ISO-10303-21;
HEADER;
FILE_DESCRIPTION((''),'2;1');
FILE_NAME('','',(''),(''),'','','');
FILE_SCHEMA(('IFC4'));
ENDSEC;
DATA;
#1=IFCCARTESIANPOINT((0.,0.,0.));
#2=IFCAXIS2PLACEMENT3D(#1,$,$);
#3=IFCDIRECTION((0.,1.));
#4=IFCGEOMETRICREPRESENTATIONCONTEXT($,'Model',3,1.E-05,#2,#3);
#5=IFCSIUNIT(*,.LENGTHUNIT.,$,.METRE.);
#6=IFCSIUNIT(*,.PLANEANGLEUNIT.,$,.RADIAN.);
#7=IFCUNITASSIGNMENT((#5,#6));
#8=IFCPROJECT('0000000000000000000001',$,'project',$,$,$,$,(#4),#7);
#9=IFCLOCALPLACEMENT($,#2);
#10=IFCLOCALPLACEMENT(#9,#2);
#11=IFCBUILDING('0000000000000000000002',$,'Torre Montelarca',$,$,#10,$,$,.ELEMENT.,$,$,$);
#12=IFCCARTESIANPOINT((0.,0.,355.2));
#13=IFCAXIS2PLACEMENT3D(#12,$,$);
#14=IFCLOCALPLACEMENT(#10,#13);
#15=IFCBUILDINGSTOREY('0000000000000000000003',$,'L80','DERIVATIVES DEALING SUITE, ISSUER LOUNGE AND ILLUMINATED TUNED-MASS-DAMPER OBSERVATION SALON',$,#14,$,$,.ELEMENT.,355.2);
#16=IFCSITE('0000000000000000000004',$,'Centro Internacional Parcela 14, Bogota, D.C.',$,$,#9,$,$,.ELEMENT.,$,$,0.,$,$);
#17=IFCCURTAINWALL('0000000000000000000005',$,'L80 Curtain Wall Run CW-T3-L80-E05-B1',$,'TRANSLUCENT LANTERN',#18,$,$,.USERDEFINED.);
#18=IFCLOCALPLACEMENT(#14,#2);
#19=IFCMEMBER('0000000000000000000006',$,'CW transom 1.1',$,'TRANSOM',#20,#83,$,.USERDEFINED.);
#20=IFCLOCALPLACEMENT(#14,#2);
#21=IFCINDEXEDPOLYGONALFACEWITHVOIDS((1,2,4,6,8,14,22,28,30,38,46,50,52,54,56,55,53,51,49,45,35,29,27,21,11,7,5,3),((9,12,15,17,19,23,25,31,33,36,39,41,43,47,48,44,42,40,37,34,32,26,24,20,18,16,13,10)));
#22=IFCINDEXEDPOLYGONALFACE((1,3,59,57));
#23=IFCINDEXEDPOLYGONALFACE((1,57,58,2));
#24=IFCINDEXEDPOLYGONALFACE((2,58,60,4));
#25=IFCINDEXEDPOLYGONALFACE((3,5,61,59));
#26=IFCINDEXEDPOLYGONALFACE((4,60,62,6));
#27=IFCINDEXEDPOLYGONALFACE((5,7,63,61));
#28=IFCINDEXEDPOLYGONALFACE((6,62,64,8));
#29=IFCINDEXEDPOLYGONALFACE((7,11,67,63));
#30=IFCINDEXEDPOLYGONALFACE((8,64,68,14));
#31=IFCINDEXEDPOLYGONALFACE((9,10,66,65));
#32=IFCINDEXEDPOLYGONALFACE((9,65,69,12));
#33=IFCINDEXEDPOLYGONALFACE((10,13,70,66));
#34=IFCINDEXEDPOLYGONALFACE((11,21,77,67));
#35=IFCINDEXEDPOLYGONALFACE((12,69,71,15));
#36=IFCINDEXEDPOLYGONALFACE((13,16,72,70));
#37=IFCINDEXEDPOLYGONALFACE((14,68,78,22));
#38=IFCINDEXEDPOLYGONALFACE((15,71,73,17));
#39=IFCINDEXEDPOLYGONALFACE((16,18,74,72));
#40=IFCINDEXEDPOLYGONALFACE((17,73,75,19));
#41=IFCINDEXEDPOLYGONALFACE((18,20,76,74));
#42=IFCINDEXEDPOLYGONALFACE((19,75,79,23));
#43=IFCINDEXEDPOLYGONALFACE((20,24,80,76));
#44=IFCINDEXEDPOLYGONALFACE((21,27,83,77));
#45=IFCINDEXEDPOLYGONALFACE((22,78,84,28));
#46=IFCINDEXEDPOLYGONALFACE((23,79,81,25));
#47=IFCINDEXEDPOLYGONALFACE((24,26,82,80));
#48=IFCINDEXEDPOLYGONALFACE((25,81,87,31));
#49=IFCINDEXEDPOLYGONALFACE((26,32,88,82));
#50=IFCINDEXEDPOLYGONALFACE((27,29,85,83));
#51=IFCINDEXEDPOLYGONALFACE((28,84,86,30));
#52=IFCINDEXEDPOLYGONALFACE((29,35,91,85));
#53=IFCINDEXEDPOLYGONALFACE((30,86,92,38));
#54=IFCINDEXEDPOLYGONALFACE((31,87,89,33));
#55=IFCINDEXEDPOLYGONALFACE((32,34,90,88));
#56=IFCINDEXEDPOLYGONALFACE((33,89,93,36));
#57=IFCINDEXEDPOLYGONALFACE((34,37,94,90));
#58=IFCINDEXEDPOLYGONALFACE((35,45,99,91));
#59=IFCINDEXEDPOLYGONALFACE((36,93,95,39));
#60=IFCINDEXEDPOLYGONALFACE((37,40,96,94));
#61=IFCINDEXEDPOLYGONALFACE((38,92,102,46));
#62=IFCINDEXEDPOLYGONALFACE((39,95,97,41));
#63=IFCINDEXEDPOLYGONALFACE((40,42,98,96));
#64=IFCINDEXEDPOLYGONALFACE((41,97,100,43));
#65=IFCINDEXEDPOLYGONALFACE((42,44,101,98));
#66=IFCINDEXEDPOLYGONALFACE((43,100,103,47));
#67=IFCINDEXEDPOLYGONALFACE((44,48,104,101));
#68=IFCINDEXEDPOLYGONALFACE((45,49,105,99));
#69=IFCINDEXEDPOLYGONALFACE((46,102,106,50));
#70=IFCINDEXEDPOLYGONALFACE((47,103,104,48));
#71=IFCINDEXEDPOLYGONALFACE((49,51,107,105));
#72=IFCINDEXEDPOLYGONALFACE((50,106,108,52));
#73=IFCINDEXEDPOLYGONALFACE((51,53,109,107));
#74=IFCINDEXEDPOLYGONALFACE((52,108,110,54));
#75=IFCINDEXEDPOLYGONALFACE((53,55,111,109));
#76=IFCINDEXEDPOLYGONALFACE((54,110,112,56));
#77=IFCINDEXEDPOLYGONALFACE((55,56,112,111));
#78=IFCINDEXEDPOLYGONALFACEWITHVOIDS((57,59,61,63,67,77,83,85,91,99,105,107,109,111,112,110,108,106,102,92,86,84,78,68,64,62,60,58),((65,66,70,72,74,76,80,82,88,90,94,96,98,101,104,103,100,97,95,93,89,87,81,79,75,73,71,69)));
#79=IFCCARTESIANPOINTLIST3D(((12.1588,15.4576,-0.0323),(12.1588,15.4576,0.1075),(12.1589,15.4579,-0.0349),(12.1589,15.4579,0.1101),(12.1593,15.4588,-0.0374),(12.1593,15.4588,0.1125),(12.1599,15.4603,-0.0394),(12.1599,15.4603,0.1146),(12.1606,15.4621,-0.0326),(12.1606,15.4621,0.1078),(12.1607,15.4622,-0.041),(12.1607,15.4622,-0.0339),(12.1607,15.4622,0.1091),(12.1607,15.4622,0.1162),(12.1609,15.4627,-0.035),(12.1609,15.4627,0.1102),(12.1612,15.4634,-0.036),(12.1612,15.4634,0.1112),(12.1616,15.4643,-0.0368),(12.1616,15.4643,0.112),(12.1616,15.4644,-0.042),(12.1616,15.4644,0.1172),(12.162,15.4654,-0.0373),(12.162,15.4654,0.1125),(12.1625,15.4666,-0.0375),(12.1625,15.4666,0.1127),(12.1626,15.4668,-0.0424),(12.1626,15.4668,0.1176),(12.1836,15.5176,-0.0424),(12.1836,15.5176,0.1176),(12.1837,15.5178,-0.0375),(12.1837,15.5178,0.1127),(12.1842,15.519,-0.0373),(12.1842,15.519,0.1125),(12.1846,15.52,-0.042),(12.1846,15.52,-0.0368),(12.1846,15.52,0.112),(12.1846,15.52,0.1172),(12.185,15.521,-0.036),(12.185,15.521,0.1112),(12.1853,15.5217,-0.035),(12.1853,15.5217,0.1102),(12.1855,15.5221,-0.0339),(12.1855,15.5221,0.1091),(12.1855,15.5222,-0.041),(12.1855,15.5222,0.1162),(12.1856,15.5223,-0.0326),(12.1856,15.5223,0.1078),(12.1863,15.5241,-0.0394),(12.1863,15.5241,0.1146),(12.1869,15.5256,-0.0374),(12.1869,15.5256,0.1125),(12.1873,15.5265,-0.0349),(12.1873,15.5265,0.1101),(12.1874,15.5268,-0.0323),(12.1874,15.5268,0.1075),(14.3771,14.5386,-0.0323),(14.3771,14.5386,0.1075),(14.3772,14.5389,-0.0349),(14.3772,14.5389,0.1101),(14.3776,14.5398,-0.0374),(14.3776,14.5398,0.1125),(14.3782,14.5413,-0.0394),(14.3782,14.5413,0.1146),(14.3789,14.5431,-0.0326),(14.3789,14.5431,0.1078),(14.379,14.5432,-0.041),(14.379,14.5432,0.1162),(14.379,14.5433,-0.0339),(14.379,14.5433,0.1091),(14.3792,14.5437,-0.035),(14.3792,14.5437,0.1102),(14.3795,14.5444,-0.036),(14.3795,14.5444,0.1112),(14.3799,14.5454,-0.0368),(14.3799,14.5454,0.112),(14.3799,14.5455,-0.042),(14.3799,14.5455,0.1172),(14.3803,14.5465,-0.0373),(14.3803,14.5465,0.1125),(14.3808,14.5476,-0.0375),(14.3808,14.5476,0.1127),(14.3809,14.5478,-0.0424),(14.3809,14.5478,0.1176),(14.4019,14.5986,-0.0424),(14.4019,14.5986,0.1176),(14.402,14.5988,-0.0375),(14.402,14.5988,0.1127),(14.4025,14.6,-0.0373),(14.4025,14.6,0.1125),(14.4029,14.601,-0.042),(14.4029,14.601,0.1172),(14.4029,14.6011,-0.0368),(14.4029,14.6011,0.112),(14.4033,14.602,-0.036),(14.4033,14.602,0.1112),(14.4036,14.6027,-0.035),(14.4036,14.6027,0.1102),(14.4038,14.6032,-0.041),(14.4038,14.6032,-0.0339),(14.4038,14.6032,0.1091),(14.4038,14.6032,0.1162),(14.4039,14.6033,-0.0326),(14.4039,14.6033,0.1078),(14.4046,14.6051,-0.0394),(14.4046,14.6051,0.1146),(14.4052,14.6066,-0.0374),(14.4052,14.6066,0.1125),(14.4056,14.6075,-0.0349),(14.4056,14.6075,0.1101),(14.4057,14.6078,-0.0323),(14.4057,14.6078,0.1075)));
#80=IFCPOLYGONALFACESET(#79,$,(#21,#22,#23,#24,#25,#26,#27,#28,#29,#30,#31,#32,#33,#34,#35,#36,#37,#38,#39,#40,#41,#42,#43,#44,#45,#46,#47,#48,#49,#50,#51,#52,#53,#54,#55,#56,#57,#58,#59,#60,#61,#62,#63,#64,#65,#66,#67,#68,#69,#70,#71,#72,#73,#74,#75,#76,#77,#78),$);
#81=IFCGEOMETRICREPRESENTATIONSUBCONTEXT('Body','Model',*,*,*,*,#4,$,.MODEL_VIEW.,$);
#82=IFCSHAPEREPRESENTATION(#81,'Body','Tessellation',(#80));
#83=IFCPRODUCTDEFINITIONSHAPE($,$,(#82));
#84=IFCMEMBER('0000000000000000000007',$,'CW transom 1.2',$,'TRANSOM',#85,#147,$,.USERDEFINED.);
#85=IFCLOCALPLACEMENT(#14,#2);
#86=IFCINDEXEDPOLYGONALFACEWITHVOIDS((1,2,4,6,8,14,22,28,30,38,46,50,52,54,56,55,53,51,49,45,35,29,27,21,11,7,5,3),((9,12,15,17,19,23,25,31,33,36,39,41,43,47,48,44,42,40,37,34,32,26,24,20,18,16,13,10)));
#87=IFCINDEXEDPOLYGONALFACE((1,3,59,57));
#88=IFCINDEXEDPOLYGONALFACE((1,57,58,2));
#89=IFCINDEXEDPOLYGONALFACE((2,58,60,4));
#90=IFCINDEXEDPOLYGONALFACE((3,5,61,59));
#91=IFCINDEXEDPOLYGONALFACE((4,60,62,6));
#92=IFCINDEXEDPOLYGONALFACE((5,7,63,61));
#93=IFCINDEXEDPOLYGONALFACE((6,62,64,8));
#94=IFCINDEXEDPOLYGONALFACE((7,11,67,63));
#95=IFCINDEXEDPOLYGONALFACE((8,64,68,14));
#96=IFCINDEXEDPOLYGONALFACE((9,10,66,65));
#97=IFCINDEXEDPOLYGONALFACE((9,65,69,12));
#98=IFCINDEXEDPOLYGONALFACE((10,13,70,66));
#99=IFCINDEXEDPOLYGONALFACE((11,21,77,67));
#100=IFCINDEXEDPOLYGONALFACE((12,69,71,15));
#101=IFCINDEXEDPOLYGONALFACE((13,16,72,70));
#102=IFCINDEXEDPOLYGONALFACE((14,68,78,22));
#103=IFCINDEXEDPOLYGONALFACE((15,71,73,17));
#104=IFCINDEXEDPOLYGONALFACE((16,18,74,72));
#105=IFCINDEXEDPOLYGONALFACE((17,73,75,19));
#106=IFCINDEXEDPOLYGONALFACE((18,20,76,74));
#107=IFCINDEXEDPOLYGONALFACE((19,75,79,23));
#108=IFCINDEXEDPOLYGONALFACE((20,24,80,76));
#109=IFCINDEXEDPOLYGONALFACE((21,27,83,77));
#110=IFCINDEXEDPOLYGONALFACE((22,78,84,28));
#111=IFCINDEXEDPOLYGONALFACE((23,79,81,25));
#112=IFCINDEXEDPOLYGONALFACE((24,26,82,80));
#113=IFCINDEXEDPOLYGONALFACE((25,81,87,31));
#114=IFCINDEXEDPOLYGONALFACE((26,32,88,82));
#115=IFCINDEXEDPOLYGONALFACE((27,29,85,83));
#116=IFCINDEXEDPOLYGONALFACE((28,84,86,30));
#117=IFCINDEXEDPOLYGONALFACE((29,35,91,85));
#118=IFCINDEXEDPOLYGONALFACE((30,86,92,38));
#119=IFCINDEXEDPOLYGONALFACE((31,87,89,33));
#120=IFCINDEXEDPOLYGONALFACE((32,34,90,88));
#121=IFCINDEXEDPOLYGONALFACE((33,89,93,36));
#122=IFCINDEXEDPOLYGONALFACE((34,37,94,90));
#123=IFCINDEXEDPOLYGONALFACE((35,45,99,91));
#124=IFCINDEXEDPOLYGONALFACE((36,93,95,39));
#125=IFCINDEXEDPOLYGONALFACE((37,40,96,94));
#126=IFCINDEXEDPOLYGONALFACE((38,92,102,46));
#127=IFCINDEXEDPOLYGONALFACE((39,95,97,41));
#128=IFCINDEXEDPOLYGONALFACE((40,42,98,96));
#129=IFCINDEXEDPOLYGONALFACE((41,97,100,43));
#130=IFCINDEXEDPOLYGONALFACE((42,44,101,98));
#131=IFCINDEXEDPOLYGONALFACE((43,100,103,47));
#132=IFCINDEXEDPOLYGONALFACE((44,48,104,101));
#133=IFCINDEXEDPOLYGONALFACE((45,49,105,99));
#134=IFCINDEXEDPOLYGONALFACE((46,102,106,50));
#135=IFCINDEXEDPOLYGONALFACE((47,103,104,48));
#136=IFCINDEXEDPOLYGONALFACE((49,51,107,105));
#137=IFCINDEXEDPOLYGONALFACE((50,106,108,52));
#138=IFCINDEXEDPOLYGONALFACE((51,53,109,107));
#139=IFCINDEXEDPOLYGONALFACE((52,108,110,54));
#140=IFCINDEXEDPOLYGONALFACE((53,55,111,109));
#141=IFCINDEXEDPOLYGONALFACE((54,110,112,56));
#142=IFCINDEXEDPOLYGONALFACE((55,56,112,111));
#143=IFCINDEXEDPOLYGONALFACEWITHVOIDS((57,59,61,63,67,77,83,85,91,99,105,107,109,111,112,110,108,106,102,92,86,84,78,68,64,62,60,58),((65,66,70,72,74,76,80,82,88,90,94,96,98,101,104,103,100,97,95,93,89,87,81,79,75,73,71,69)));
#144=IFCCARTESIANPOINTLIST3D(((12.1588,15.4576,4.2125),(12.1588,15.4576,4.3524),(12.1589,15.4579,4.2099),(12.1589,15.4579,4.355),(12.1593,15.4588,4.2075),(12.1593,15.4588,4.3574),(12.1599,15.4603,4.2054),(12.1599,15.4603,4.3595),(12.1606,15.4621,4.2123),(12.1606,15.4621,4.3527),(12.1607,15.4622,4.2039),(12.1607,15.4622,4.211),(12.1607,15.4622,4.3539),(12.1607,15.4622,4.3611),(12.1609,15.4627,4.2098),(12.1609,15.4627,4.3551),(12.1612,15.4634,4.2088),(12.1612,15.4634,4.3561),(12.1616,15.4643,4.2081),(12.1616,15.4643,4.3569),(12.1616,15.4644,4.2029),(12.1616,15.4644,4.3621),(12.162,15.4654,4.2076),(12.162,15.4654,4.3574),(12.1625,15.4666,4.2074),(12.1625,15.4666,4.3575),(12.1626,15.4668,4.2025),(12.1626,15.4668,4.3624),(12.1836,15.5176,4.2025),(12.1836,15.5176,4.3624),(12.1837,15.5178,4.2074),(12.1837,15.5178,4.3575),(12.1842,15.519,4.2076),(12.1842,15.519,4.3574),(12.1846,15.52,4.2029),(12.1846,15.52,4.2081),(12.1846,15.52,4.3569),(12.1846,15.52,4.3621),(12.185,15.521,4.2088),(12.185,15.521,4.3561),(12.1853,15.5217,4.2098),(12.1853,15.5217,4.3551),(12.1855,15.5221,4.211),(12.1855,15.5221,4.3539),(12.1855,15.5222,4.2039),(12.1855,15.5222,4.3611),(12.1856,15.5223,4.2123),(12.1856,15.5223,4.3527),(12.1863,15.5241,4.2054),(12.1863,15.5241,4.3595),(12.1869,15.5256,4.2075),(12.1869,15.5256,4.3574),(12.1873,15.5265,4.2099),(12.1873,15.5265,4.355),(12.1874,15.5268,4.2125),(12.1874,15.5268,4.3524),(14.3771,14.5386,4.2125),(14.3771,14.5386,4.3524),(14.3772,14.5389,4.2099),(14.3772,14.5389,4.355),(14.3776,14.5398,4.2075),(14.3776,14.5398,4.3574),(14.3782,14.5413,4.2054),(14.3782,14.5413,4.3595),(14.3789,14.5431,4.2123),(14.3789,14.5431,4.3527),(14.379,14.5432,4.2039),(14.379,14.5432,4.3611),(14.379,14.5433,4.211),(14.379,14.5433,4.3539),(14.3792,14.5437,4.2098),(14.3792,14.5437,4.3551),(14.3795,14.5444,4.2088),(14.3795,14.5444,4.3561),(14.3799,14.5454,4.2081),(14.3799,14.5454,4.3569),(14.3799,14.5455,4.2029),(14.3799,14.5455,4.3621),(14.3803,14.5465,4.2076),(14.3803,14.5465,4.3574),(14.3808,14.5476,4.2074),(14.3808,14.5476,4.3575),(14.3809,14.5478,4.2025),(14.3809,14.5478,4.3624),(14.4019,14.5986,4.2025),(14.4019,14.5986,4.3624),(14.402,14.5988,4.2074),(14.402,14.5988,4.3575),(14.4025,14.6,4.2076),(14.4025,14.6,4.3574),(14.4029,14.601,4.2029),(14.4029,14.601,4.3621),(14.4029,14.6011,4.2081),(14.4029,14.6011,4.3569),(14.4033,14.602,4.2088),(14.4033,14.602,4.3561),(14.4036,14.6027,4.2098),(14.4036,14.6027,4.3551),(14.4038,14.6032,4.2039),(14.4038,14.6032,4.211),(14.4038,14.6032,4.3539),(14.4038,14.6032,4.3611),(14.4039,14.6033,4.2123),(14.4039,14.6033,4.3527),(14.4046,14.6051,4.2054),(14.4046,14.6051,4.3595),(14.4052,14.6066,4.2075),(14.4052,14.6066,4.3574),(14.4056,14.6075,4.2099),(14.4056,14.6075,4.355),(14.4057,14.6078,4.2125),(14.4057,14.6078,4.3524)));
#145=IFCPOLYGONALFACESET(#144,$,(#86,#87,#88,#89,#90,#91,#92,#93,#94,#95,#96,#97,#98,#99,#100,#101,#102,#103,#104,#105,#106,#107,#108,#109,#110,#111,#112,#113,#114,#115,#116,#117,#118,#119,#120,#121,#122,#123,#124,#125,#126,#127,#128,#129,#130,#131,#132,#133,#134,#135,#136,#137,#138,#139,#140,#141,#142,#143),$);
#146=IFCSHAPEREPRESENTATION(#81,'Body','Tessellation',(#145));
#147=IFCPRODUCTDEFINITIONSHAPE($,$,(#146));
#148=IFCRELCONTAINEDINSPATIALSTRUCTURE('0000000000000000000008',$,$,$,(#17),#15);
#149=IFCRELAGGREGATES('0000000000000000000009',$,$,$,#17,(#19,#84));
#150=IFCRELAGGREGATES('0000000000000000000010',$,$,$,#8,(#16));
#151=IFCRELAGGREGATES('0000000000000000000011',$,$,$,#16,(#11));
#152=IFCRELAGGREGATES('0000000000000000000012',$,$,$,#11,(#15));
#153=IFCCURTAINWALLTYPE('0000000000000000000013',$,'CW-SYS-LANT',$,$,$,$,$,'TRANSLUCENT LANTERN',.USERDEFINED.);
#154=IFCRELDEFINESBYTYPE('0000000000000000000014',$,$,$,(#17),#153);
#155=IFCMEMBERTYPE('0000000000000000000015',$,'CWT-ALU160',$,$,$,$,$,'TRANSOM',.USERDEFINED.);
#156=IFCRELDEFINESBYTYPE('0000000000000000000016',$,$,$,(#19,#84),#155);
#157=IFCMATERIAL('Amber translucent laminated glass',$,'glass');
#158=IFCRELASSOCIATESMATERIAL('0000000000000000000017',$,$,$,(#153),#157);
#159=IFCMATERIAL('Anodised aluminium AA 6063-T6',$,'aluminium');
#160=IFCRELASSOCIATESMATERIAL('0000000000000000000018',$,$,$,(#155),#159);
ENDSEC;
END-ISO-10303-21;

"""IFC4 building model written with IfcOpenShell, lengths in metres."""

from ifc_helpers import new_model, si_unit, direction, frame, origin, origin_2d, place, context, subcontext, project, spatial, hollow_rectangle, extrude, source, transform, mapped, material, material_profile, profile_set, type_object, element, aggregate, save


model = new_model("IFC4")

# Units and contexts
model_context = context("Model", 3, precision=1e-05, world=origin(), true_north=direction((0.0, 1.0)))
body_context = subcontext(model_context, "Body", "Model", "MODEL_VIEW")
ifc_project = project(units=[si_unit("LENGTHUNIT", "METRE"), si_unit("PLANEANGLEUNIT", "RADIAN")], contexts=[model_context])

# Site, building, storey
site_placement = place(None, origin())
site = spatial("IfcSite", under=ifc_project, at=site_placement, Name="Centro Internacional Parcela 14, Bogota, D.C.", CompositionType="ELEMENT", RefElevation=0.0)
building_placement = place(site_placement, origin())
building = spatial("IfcBuilding", under=site, at=building_placement, Name="Torre Montelarca", CompositionType="ELEMENT")
storey_placement = place(building_placement, frame((0.0, 0.0, 355.2)))
storey = spatial("IfcBuildingStorey", under=building, at=storey_placement, Name="L80", Description="DERIVATIVES DEALING SUITE, ISSUER LOUNGE AND ILLUMINATED TUNED-MASS-DAMPER OBSERVATION SALON", CompositionType="ELEMENT", Elevation=355.2)

# Curtain wall, members
ifc_material_1 = material(Name="Amber translucent laminated glass", Category="glass")
curtain_wall_type = type_object("IfcCurtainWallType", Name="CW-SYS-LANT", ElementType="TRANSLUCENT LANTERN", PredefinedType="USERDEFINED", material=ifc_material_1)
ifc_material_2 = material(Name="Anodised aluminium AA 6063-T6", Category="aluminium")
ifc_material_profile_1 = material_profile(ifc_material_2, hollow_rectangle(XDim=0.075, YDim=0.1599, WallThickness=0.0049, InnerFilletRadius=0.0049, OuterFilletRadius=0.01, at=origin_2d()), Name="ALU75X160X5", Category="aluminium")
ifc_profile_set_1 = profile_set([ifc_material_profile_1], Name="Anodised aluminium AA 6063-T6")
member_type_1 = type_object("IfcMemberType", Name="CWT-ALU160", ElementType="TRANSOM", PredefinedType="USERDEFINED", material=ifc_profile_set_1)
curtain_wall_1_placement = place(storey_placement, origin())
curtain_wall_1 = element("IfcCurtainWall", 1, at=curtain_wall_1_placement, inside=storey, type_object=curtain_wall_type, Name="L80 Curtain Wall Run CW-T3-L80-E05-B1", ObjectType="TRANSLUCENT LANTERN", PredefinedType="USERDEFINED")
shared_shape_1 = source(origin(), body_context, "Body", "SweptSolid", [
    extrude(hollow_rectangle(XDim=0.075, YDim=0.1599, WallThickness=0.0049, InnerFilletRadius=0.0049, OuterFilletRadius=0.01, at=origin_2d()), origin(), (0.0, 0.0, 1.0), 2.4011),
])
member_1_placement = place(storey_placement, frame((12.1731, 15.4922, 0.0376), z_axis=(0.923863, -0.382723, 0.0), x_axis=(0.382723, 0.923863, 0.0)))
member_1 = element("IfcMember", 2, at=member_1_placement, type_object=member_type_1, Name="CW transom 1.1", ObjectType="TRANSOM", PredefinedType="USERDEFINED", context=body_context, shape_type="MappedRepresentation", body=[
    mapped(shared_shape_1, transform((0.0, 0.0, 0.0), scale=1.0)),
])
member_2_placement = place(storey_placement, frame((12.1731, 15.4922, 4.2825), z_axis=(0.923863, -0.382723, 0.0), x_axis=(0.382723, 0.923863, 0.0)))
member_2 = element("IfcMember", 3, at=member_2_placement, type_object=member_type_1, Name="CW transom 1.2", ObjectType="TRANSOM", PredefinedType="USERDEFINED", context=body_context, shape_type="MappedRepresentation", body=[
    mapped(shared_shape_1, transform((0.0, 0.0, 0.0), scale=1.0)),
])

aggregate(curtain_wall_1, [member_1, member_2])

save(model, "model.ifc")
